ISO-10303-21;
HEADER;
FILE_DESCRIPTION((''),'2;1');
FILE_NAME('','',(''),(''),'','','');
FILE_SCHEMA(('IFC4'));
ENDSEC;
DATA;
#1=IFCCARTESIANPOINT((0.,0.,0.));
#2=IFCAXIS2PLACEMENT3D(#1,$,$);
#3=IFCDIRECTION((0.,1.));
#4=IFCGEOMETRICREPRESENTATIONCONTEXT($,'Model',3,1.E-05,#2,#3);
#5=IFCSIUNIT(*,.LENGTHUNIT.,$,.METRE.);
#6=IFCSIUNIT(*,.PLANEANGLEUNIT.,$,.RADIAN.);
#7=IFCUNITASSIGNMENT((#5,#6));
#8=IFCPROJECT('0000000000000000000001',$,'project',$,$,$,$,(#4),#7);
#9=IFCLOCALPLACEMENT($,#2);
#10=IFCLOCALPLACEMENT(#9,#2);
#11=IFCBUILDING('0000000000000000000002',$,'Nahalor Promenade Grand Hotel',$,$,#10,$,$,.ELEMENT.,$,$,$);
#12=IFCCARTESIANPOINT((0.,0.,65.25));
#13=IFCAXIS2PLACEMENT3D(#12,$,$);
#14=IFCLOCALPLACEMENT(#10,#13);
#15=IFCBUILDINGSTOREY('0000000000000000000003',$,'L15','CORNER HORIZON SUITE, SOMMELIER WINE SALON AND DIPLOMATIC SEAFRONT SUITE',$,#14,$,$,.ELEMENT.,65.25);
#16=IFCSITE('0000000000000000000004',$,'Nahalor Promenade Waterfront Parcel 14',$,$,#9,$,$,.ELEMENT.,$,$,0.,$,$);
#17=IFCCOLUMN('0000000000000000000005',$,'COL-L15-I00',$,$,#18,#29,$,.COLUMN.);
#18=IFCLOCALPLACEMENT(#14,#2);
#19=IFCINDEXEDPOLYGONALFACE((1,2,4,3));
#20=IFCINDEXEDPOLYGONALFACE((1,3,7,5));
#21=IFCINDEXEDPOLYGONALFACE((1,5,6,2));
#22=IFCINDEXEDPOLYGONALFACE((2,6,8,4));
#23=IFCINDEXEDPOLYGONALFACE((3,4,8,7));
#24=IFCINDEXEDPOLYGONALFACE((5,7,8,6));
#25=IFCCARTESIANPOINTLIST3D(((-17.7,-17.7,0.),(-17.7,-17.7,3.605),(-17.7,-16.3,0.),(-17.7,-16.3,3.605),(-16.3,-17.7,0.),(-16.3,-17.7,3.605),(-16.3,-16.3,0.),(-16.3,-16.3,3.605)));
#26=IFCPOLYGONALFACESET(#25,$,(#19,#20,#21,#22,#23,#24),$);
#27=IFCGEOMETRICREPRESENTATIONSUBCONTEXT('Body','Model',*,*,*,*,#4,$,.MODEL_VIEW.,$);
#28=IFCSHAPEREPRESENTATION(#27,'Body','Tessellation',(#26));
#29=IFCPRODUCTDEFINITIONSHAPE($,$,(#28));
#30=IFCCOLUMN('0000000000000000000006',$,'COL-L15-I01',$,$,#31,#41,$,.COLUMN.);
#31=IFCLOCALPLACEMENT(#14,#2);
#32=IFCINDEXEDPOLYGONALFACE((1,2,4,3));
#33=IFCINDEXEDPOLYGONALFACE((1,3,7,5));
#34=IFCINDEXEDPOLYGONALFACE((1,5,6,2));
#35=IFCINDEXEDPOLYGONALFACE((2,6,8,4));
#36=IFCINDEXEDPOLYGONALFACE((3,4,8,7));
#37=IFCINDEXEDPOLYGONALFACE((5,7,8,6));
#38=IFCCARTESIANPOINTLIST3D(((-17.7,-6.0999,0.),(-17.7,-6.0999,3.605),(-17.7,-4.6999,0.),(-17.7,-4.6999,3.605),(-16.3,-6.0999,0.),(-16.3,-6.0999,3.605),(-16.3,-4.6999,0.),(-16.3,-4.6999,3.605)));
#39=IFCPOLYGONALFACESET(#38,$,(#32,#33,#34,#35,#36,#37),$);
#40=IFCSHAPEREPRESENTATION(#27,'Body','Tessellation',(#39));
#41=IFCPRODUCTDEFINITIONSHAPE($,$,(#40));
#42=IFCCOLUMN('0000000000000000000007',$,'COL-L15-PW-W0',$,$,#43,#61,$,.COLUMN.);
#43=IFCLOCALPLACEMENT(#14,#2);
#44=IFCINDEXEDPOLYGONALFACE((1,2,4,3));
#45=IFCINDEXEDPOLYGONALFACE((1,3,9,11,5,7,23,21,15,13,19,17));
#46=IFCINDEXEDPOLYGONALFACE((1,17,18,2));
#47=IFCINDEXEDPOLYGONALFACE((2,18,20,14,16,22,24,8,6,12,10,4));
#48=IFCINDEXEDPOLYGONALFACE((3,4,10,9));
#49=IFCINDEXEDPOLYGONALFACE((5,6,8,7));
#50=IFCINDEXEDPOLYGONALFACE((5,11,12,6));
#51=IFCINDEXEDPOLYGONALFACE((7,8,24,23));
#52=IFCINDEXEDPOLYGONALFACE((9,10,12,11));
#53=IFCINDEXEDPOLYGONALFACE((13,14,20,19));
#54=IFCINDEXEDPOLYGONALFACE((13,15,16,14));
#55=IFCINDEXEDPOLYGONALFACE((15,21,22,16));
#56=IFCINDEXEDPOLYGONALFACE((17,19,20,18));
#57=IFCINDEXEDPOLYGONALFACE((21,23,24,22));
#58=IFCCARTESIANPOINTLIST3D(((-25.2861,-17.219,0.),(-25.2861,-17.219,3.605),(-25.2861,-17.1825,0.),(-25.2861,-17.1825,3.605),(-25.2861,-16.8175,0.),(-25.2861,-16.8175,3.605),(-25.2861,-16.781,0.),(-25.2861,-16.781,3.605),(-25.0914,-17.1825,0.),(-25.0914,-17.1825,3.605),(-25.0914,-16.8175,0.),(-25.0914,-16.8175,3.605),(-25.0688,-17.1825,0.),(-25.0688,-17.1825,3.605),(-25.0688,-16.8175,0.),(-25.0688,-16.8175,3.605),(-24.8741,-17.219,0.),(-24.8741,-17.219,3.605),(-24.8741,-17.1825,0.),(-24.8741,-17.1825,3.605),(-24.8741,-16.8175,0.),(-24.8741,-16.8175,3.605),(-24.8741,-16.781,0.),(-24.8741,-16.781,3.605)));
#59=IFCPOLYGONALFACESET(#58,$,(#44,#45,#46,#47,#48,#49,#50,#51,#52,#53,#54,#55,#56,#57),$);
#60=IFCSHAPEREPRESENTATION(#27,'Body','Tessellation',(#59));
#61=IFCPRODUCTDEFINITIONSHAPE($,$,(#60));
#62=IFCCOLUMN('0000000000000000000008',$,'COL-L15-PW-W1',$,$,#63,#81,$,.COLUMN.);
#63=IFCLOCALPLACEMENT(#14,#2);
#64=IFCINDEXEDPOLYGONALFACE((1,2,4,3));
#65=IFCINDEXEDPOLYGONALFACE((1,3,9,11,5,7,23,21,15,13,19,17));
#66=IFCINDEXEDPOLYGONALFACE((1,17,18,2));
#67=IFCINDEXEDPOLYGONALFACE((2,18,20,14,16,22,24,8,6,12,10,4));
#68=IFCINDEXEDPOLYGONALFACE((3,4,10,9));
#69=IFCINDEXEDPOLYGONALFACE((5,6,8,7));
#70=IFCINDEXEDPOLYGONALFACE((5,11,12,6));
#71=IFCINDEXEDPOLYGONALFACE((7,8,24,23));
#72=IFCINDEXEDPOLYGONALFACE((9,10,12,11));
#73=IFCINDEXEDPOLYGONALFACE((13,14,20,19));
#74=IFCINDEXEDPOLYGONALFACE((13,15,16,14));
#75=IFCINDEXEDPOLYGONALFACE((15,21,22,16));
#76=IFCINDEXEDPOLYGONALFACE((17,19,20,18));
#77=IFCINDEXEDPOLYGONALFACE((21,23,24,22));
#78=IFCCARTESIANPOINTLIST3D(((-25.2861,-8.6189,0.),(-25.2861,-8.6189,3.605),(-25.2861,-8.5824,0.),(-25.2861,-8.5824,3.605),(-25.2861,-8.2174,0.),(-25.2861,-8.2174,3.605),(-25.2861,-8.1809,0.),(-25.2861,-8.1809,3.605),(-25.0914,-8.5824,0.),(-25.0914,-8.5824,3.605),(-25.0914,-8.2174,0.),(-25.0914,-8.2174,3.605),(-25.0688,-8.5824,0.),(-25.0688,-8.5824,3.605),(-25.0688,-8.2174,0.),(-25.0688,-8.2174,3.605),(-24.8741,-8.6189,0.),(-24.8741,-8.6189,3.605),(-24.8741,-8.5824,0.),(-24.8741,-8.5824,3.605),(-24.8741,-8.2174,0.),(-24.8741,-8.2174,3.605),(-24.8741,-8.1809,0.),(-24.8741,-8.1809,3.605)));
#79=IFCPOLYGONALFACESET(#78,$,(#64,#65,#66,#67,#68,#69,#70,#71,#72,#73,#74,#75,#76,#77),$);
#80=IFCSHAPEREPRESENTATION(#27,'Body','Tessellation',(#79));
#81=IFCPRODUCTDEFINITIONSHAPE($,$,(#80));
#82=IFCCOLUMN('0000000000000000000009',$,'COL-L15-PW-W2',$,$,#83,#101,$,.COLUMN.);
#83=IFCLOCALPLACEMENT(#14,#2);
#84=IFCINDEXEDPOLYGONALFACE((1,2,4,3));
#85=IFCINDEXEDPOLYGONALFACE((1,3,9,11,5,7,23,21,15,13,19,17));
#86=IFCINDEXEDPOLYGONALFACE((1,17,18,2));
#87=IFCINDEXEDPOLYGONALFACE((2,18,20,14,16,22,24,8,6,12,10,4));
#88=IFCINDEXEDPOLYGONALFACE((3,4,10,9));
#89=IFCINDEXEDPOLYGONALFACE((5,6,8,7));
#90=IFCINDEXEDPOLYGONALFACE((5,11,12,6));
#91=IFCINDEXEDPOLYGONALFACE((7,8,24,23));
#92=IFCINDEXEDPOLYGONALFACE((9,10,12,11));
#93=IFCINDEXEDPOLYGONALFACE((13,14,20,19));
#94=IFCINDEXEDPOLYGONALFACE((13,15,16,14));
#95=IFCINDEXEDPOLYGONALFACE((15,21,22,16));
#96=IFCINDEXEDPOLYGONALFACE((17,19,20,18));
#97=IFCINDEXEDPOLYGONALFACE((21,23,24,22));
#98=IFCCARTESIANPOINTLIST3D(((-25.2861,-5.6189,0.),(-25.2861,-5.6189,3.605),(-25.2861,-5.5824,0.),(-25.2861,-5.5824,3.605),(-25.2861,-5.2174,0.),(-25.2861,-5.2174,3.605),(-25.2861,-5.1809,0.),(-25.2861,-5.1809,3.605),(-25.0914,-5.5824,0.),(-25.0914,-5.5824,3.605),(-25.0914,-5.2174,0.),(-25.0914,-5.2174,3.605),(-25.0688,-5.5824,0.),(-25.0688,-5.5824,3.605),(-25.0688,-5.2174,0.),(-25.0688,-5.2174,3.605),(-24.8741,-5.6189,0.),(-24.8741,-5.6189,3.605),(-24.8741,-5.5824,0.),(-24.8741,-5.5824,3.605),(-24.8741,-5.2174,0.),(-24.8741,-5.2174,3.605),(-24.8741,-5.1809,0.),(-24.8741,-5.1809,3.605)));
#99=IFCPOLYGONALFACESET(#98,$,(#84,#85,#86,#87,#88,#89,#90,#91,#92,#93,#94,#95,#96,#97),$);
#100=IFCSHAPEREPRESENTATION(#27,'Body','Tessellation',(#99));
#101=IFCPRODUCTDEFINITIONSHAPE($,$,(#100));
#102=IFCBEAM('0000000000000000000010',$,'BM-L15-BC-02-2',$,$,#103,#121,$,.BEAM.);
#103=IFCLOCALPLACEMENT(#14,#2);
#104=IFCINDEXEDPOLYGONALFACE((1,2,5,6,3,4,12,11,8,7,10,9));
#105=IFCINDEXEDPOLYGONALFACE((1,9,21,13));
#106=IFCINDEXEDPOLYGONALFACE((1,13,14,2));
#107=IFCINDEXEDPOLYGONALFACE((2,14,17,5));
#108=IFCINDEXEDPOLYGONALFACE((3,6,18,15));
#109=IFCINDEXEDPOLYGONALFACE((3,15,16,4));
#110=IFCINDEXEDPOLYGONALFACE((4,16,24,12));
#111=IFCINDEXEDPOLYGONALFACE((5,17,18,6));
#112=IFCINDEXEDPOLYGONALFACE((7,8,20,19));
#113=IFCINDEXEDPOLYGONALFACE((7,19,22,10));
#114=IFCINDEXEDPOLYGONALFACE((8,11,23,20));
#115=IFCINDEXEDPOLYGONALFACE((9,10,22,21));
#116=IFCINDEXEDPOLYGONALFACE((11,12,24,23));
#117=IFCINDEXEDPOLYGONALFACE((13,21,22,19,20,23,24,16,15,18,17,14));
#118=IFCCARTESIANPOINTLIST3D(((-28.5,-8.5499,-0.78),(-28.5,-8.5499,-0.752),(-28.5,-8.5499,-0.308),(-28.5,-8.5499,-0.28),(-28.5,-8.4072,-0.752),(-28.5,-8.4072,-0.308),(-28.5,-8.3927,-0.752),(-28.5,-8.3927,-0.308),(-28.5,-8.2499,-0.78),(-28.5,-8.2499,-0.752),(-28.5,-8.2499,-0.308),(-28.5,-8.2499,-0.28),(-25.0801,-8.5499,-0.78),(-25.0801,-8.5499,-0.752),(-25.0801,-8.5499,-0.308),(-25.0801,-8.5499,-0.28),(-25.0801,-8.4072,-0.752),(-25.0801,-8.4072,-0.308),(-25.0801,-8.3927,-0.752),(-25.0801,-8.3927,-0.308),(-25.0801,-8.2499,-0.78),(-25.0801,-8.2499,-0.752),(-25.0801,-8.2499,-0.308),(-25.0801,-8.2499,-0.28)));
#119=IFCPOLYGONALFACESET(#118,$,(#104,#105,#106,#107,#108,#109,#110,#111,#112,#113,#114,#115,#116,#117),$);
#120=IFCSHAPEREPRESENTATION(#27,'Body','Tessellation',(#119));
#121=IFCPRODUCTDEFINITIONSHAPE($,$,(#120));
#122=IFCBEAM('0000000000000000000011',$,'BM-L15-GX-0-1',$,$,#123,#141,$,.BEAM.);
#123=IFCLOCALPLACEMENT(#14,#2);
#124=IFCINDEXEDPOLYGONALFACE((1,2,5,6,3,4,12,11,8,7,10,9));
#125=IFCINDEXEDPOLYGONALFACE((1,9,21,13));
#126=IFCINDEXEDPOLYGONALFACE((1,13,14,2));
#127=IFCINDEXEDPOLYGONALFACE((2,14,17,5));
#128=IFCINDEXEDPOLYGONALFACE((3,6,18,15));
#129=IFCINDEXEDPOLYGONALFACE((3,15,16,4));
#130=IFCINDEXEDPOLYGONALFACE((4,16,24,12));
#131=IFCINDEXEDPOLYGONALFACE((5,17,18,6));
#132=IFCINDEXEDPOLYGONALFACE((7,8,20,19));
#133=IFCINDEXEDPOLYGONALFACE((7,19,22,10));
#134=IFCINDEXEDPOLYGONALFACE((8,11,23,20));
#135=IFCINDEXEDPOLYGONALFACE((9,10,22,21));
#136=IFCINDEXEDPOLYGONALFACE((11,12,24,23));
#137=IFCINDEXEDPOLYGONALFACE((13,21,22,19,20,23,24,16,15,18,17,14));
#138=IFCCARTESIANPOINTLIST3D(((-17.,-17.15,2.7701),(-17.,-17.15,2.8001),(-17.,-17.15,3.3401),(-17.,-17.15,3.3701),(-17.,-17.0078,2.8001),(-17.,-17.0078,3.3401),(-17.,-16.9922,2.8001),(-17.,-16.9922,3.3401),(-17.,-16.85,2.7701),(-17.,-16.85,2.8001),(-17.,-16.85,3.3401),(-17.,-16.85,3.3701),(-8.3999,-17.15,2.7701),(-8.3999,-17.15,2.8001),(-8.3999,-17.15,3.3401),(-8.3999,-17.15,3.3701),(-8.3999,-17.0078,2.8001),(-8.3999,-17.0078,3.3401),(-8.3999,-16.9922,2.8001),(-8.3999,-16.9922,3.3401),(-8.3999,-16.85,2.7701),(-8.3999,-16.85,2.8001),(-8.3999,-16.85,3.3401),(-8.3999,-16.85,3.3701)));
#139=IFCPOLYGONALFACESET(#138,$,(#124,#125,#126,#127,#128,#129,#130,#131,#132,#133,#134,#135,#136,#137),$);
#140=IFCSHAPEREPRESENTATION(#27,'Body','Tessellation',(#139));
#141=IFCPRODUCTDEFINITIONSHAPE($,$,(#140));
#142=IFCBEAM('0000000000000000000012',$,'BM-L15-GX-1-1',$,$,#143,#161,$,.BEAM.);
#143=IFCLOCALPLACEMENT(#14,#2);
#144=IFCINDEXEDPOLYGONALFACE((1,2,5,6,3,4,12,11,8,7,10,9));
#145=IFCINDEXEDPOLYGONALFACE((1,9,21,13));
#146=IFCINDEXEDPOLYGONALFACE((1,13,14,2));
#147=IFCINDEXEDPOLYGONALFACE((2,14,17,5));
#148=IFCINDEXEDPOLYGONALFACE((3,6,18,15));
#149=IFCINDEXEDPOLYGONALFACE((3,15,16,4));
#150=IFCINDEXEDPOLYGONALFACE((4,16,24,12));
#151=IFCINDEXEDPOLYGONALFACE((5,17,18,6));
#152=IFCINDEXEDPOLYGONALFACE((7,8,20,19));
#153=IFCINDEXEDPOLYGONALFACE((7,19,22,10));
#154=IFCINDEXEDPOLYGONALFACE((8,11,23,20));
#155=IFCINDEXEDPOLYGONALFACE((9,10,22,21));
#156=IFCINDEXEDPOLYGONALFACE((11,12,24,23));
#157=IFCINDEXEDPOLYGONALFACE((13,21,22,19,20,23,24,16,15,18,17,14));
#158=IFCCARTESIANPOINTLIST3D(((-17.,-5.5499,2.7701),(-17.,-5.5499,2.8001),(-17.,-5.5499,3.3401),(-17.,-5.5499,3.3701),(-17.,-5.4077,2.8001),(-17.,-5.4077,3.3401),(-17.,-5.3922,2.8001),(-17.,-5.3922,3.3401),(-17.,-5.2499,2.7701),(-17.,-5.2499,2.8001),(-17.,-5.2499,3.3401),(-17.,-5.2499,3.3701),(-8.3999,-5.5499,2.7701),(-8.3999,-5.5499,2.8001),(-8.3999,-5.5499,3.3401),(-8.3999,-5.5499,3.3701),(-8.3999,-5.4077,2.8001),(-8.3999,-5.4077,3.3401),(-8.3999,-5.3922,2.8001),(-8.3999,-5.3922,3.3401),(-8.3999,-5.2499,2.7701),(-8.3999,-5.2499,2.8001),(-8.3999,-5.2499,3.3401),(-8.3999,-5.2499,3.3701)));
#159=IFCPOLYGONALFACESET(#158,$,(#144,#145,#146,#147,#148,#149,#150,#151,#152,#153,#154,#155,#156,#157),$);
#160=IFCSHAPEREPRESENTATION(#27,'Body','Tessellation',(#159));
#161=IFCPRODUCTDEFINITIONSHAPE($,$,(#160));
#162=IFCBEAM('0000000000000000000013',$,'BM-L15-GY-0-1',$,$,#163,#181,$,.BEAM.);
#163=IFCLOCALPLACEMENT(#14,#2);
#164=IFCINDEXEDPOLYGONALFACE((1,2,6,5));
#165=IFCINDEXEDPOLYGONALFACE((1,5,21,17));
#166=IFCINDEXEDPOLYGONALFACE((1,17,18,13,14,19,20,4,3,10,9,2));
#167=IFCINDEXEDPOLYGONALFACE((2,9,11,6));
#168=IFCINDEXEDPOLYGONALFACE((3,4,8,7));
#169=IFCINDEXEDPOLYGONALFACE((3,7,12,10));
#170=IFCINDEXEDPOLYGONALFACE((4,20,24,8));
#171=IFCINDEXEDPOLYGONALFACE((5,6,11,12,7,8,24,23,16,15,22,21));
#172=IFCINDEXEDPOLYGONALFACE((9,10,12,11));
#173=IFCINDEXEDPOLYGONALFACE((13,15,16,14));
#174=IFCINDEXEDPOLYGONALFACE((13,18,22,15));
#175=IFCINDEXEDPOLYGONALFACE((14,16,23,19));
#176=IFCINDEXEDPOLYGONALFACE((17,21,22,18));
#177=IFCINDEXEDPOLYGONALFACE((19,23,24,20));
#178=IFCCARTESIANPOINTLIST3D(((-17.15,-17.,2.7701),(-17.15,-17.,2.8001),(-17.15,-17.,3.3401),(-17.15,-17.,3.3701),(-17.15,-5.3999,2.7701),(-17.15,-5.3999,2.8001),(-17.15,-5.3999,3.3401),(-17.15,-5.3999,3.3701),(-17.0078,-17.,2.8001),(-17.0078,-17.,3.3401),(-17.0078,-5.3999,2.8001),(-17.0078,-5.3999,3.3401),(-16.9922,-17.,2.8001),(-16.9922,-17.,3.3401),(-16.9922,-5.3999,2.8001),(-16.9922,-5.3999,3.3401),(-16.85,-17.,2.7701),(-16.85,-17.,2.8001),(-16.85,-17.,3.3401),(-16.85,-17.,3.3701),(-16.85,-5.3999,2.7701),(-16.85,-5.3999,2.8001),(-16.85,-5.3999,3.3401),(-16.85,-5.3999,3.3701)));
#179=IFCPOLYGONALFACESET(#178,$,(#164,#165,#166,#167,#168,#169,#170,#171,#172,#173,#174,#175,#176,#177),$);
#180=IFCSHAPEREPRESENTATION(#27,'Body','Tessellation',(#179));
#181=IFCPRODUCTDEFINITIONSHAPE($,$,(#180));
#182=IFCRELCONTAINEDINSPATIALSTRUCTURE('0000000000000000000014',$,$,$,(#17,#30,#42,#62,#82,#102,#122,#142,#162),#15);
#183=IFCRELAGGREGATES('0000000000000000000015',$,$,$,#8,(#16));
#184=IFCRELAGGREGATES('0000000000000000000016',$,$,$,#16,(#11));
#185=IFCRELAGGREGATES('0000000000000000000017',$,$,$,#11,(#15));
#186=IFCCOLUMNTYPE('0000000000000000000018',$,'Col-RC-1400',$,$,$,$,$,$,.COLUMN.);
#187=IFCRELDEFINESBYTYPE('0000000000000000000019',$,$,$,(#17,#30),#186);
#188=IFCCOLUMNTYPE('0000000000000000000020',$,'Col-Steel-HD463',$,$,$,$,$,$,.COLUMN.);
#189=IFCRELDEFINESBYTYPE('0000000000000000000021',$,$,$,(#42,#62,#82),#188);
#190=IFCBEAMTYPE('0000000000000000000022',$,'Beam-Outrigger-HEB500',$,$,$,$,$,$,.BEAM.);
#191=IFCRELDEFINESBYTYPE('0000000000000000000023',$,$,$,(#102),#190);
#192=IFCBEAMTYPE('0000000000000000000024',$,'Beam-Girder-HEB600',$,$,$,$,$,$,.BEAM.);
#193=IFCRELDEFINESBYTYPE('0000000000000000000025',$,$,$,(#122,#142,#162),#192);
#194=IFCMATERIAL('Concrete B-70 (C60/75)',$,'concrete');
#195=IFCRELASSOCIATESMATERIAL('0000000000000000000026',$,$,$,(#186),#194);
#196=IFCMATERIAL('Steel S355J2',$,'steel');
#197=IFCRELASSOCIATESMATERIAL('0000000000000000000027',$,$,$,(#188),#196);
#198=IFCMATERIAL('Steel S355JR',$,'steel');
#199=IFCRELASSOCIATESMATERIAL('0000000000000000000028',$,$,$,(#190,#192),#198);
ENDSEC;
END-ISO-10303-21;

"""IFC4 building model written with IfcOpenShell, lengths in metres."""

from ifc_helpers import new_model, si_unit, direction, frame, origin, origin_2d, place, context, subcontext, project, spatial, rectangle, i_section, extrude, source, transform, mapped, material, material_profile, profile_set, type_object, element, save


model = new_model("IFC4")

# Units and contexts
model_context = context("Model", 3, precision=1e-05, world=origin(), true_north=direction((0.0, 1.0)))
body_context = subcontext(model_context, "Body", "Model", "MODEL_VIEW")
ifc_project = project(units=[si_unit("LENGTHUNIT", "METRE"), si_unit("PLANEANGLEUNIT", "RADIAN")], contexts=[model_context])

# Site, building, storey
site_placement = place(None, origin())
site = spatial("IfcSite", under=ifc_project, at=site_placement, Name="Nahalor Promenade Waterfront Parcel 14", CompositionType="ELEMENT", RefElevation=0.0)
building_placement = place(site_placement, origin())
building = spatial("IfcBuilding", under=site, at=building_placement, Name="Nahalor Promenade Grand Hotel", CompositionType="ELEMENT")
storey_placement = place(building_placement, frame((0.0, 0.0, 65.25)))
storey = spatial("IfcBuildingStorey", under=building, at=storey_placement, Name="L15", Description="CORNER HORIZON SUITE, SOMMELIER WINE SALON AND DIPLOMATIC SEAFRONT SUITE", CompositionType="ELEMENT", Elevation=65.25)

# Columns
ifc_material_1 = material(Name="Concrete B-70 (C60/75)", Category="concrete")
ifc_material_profile_1 = material_profile(ifc_material_1, rectangle(XDim=1.4, YDim=1.4, at=origin_2d()), Name="RC 1400x1400")
ifc_profile_set_1 = profile_set([ifc_material_profile_1], Name="Concrete B-70 (C60/75)")
column_type_1 = type_object("IfcColumnType", Name="Col-RC-1400", PredefinedType="COLUMN", material=ifc_profile_set_1)
shared_shape_1 = source(origin(), body_context, "Body", "SweptSolid", [
    extrude(rectangle(XDim=1.4, YDim=1.4, at=origin_2d()), origin(), (0.0, 0.0, 1.0), 3.605),
])
for number, where, z_axis, x_axis, name in (
    (1, (-17.0, -17.0, 0.0), (0.0, 0.0, 1.0), (1.0, 0.0, 0.0), "COL-L15-I00"),
    (2, (-17.0, -5.3999, 0.0), (0.0, 0.0, 1.0), (1.0, 0.0, 0.0), "COL-L15-I01"),
):
    element("IfcColumn", number, at=place(storey_placement, frame(where, z_axis=z_axis, x_axis=x_axis)), inside=storey, type_object=column_type_1, Name=name, PredefinedType="COLUMN", context=body_context, shape_type="MappedRepresentation", body=[
        mapped(shared_shape_1, transform((0.0, 0.0, 0.0), scale=1.0)),
    ])
ifc_material_2 = material(Name="Steel S355J2", Category="steel")
ifc_material_profile_2 = material_profile(ifc_material_2, i_section(OverallWidth=0.412, OverallDepth=0.438, WebThickness=0.0226, FlangeThickness=0.0365, at=origin_2d()), Name="HD 400x463")
ifc_profile_set_2 = profile_set([ifc_material_profile_2], Name="Steel S355J2")
column_type_2 = type_object("IfcColumnType", Name="Col-Steel-HD463", PredefinedType="COLUMN", material=ifc_profile_set_2)
shared_shape_2 = source(origin(), body_context, "Body", "SweptSolid", [
    extrude(i_section(OverallWidth=0.412, OverallDepth=0.438, WebThickness=0.0226, FlangeThickness=0.0365, at=origin_2d()), origin(), (0.0, 0.0, 1.0), 3.605),
])
for number, where, z_axis, x_axis, name in (
    (3, (-25.0801, -17.0, 0.0), (0.0, 0.0, 1.0), (1.0, 0.0, 0.0), "COL-L15-PW-W0"),
    (4, (-25.0801, -8.3999, 0.0), (0.0, 0.0, 1.0), (1.0, 0.0, 0.0), "COL-L15-PW-W1"),
    (5, (-25.0801, -5.3999, 0.0), (0.0, 0.0, 1.0), (1.0, 0.0, 0.0), "COL-L15-PW-W2"),
):
    element("IfcColumn", number, at=place(storey_placement, frame(where, z_axis=z_axis, x_axis=x_axis)), inside=storey, type_object=column_type_2, Name=name, PredefinedType="COLUMN", context=body_context, shape_type="MappedRepresentation", body=[
        mapped(shared_shape_2, transform((0.0, 0.0, 0.0), scale=1.0)),
    ])

# Beams
ifc_material_3 = material(Name="Steel S355JR", Category="steel")
ifc_material_profile_3 = material_profile(ifc_material_3, i_section(OverallWidth=0.3, OverallDepth=0.5, WebThickness=0.0145, FlangeThickness=0.028, at=origin_2d()), Name="HEB 500")
ifc_profile_set_3 = profile_set([ifc_material_profile_3], Name="Steel S355JR")
beam_type_1 = type_object("IfcBeamType", Name="Beam-Outrigger-HEB500", PredefinedType="BEAM", material=ifc_profile_set_3)
shared_shape_3 = source(origin(), body_context, "Body", "SweptSolid", [
    extrude(i_section(OverallWidth=0.3, OverallDepth=0.5, WebThickness=0.0145, FlangeThickness=0.028, at=origin_2d()), origin(), (0.0, 0.0, 1.0), 3.4199),
])
beam_1_placement = place(storey_placement, frame((-28.5, -8.3999, -0.53), z_axis=(1.0, 0.0, 0.0), x_axis=(0.0, 1.0, 0.0)))
element("IfcBeam", 6, at=beam_1_placement, inside=storey, type_object=beam_type_1, Name="BM-L15-BC-02-2", PredefinedType="BEAM", context=body_context, shape_type="MappedRepresentation", body=[
    mapped(shared_shape_3, transform((0.0, 0.0, 0.0), scale=1.0)),
])
ifc_material_profile_4 = material_profile(ifc_material_3, i_section(OverallWidth=0.3, OverallDepth=0.6, WebThickness=0.0155, FlangeThickness=0.03, at=origin_2d()), Name="HEB 600")
ifc_profile_set_4 = profile_set([ifc_material_profile_4], Name="Steel S355JR")
beam_type_2 = type_object("IfcBeamType", Name="Beam-Girder-HEB600", PredefinedType="BEAM", material=ifc_profile_set_4)
shared_shape_4 = source(origin(), body_context, "Body", "SweptSolid", [
    extrude(i_section(OverallWidth=0.3, OverallDepth=0.6, WebThickness=0.0155, FlangeThickness=0.03, at=origin_2d()), origin(), (0.0, 0.0, 1.0), 8.6001),
])
for number, where, z_axis, x_axis, name in (
    (7, (-17.0, -17.0, 3.0701), (1.0, 0.0, 0.0), (0.0, 1.0, 0.0), "BM-L15-GX-0-1"),
    (8, (-17.0, -5.3999, 3.0701), (1.0, 0.0, 0.0), (0.0, 1.0, 0.0), "BM-L15-GX-1-1"),
):
    element("IfcBeam", number, at=place(storey_placement, frame(where, z_axis=z_axis, x_axis=x_axis)), inside=storey, type_object=beam_type_2, Name=name, PredefinedType="BEAM", context=body_context, shape_type="MappedRepresentation", body=[
        mapped(shared_shape_4, transform((0.0, 0.0, 0.0), scale=1.0)),
    ])
shared_shape_5 = source(origin(), body_context, "Body", "SweptSolid", [
    extrude(i_section(OverallWidth=0.3, OverallDepth=0.6, WebThickness=0.0155, FlangeThickness=0.03, at=origin_2d()), origin(), (0.0, 0.0, 1.0), 11.6001),
])
beam_2_placement = place(storey_placement, frame((-17.0, -17.0, 3.0701), z_axis=(0.0, 1.0, 0.0), x_axis=(-1.0, 0.0, 0.0)))
element("IfcBeam", 9, at=beam_2_placement, inside=storey, type_object=beam_type_2, Name="BM-L15-GY-0-1", PredefinedType="BEAM", context=body_context, shape_type="MappedRepresentation", body=[
    mapped(shared_shape_5, transform((0.0, 0.0, 0.0), scale=1.0)),
])

save(model, "model.ifc")
